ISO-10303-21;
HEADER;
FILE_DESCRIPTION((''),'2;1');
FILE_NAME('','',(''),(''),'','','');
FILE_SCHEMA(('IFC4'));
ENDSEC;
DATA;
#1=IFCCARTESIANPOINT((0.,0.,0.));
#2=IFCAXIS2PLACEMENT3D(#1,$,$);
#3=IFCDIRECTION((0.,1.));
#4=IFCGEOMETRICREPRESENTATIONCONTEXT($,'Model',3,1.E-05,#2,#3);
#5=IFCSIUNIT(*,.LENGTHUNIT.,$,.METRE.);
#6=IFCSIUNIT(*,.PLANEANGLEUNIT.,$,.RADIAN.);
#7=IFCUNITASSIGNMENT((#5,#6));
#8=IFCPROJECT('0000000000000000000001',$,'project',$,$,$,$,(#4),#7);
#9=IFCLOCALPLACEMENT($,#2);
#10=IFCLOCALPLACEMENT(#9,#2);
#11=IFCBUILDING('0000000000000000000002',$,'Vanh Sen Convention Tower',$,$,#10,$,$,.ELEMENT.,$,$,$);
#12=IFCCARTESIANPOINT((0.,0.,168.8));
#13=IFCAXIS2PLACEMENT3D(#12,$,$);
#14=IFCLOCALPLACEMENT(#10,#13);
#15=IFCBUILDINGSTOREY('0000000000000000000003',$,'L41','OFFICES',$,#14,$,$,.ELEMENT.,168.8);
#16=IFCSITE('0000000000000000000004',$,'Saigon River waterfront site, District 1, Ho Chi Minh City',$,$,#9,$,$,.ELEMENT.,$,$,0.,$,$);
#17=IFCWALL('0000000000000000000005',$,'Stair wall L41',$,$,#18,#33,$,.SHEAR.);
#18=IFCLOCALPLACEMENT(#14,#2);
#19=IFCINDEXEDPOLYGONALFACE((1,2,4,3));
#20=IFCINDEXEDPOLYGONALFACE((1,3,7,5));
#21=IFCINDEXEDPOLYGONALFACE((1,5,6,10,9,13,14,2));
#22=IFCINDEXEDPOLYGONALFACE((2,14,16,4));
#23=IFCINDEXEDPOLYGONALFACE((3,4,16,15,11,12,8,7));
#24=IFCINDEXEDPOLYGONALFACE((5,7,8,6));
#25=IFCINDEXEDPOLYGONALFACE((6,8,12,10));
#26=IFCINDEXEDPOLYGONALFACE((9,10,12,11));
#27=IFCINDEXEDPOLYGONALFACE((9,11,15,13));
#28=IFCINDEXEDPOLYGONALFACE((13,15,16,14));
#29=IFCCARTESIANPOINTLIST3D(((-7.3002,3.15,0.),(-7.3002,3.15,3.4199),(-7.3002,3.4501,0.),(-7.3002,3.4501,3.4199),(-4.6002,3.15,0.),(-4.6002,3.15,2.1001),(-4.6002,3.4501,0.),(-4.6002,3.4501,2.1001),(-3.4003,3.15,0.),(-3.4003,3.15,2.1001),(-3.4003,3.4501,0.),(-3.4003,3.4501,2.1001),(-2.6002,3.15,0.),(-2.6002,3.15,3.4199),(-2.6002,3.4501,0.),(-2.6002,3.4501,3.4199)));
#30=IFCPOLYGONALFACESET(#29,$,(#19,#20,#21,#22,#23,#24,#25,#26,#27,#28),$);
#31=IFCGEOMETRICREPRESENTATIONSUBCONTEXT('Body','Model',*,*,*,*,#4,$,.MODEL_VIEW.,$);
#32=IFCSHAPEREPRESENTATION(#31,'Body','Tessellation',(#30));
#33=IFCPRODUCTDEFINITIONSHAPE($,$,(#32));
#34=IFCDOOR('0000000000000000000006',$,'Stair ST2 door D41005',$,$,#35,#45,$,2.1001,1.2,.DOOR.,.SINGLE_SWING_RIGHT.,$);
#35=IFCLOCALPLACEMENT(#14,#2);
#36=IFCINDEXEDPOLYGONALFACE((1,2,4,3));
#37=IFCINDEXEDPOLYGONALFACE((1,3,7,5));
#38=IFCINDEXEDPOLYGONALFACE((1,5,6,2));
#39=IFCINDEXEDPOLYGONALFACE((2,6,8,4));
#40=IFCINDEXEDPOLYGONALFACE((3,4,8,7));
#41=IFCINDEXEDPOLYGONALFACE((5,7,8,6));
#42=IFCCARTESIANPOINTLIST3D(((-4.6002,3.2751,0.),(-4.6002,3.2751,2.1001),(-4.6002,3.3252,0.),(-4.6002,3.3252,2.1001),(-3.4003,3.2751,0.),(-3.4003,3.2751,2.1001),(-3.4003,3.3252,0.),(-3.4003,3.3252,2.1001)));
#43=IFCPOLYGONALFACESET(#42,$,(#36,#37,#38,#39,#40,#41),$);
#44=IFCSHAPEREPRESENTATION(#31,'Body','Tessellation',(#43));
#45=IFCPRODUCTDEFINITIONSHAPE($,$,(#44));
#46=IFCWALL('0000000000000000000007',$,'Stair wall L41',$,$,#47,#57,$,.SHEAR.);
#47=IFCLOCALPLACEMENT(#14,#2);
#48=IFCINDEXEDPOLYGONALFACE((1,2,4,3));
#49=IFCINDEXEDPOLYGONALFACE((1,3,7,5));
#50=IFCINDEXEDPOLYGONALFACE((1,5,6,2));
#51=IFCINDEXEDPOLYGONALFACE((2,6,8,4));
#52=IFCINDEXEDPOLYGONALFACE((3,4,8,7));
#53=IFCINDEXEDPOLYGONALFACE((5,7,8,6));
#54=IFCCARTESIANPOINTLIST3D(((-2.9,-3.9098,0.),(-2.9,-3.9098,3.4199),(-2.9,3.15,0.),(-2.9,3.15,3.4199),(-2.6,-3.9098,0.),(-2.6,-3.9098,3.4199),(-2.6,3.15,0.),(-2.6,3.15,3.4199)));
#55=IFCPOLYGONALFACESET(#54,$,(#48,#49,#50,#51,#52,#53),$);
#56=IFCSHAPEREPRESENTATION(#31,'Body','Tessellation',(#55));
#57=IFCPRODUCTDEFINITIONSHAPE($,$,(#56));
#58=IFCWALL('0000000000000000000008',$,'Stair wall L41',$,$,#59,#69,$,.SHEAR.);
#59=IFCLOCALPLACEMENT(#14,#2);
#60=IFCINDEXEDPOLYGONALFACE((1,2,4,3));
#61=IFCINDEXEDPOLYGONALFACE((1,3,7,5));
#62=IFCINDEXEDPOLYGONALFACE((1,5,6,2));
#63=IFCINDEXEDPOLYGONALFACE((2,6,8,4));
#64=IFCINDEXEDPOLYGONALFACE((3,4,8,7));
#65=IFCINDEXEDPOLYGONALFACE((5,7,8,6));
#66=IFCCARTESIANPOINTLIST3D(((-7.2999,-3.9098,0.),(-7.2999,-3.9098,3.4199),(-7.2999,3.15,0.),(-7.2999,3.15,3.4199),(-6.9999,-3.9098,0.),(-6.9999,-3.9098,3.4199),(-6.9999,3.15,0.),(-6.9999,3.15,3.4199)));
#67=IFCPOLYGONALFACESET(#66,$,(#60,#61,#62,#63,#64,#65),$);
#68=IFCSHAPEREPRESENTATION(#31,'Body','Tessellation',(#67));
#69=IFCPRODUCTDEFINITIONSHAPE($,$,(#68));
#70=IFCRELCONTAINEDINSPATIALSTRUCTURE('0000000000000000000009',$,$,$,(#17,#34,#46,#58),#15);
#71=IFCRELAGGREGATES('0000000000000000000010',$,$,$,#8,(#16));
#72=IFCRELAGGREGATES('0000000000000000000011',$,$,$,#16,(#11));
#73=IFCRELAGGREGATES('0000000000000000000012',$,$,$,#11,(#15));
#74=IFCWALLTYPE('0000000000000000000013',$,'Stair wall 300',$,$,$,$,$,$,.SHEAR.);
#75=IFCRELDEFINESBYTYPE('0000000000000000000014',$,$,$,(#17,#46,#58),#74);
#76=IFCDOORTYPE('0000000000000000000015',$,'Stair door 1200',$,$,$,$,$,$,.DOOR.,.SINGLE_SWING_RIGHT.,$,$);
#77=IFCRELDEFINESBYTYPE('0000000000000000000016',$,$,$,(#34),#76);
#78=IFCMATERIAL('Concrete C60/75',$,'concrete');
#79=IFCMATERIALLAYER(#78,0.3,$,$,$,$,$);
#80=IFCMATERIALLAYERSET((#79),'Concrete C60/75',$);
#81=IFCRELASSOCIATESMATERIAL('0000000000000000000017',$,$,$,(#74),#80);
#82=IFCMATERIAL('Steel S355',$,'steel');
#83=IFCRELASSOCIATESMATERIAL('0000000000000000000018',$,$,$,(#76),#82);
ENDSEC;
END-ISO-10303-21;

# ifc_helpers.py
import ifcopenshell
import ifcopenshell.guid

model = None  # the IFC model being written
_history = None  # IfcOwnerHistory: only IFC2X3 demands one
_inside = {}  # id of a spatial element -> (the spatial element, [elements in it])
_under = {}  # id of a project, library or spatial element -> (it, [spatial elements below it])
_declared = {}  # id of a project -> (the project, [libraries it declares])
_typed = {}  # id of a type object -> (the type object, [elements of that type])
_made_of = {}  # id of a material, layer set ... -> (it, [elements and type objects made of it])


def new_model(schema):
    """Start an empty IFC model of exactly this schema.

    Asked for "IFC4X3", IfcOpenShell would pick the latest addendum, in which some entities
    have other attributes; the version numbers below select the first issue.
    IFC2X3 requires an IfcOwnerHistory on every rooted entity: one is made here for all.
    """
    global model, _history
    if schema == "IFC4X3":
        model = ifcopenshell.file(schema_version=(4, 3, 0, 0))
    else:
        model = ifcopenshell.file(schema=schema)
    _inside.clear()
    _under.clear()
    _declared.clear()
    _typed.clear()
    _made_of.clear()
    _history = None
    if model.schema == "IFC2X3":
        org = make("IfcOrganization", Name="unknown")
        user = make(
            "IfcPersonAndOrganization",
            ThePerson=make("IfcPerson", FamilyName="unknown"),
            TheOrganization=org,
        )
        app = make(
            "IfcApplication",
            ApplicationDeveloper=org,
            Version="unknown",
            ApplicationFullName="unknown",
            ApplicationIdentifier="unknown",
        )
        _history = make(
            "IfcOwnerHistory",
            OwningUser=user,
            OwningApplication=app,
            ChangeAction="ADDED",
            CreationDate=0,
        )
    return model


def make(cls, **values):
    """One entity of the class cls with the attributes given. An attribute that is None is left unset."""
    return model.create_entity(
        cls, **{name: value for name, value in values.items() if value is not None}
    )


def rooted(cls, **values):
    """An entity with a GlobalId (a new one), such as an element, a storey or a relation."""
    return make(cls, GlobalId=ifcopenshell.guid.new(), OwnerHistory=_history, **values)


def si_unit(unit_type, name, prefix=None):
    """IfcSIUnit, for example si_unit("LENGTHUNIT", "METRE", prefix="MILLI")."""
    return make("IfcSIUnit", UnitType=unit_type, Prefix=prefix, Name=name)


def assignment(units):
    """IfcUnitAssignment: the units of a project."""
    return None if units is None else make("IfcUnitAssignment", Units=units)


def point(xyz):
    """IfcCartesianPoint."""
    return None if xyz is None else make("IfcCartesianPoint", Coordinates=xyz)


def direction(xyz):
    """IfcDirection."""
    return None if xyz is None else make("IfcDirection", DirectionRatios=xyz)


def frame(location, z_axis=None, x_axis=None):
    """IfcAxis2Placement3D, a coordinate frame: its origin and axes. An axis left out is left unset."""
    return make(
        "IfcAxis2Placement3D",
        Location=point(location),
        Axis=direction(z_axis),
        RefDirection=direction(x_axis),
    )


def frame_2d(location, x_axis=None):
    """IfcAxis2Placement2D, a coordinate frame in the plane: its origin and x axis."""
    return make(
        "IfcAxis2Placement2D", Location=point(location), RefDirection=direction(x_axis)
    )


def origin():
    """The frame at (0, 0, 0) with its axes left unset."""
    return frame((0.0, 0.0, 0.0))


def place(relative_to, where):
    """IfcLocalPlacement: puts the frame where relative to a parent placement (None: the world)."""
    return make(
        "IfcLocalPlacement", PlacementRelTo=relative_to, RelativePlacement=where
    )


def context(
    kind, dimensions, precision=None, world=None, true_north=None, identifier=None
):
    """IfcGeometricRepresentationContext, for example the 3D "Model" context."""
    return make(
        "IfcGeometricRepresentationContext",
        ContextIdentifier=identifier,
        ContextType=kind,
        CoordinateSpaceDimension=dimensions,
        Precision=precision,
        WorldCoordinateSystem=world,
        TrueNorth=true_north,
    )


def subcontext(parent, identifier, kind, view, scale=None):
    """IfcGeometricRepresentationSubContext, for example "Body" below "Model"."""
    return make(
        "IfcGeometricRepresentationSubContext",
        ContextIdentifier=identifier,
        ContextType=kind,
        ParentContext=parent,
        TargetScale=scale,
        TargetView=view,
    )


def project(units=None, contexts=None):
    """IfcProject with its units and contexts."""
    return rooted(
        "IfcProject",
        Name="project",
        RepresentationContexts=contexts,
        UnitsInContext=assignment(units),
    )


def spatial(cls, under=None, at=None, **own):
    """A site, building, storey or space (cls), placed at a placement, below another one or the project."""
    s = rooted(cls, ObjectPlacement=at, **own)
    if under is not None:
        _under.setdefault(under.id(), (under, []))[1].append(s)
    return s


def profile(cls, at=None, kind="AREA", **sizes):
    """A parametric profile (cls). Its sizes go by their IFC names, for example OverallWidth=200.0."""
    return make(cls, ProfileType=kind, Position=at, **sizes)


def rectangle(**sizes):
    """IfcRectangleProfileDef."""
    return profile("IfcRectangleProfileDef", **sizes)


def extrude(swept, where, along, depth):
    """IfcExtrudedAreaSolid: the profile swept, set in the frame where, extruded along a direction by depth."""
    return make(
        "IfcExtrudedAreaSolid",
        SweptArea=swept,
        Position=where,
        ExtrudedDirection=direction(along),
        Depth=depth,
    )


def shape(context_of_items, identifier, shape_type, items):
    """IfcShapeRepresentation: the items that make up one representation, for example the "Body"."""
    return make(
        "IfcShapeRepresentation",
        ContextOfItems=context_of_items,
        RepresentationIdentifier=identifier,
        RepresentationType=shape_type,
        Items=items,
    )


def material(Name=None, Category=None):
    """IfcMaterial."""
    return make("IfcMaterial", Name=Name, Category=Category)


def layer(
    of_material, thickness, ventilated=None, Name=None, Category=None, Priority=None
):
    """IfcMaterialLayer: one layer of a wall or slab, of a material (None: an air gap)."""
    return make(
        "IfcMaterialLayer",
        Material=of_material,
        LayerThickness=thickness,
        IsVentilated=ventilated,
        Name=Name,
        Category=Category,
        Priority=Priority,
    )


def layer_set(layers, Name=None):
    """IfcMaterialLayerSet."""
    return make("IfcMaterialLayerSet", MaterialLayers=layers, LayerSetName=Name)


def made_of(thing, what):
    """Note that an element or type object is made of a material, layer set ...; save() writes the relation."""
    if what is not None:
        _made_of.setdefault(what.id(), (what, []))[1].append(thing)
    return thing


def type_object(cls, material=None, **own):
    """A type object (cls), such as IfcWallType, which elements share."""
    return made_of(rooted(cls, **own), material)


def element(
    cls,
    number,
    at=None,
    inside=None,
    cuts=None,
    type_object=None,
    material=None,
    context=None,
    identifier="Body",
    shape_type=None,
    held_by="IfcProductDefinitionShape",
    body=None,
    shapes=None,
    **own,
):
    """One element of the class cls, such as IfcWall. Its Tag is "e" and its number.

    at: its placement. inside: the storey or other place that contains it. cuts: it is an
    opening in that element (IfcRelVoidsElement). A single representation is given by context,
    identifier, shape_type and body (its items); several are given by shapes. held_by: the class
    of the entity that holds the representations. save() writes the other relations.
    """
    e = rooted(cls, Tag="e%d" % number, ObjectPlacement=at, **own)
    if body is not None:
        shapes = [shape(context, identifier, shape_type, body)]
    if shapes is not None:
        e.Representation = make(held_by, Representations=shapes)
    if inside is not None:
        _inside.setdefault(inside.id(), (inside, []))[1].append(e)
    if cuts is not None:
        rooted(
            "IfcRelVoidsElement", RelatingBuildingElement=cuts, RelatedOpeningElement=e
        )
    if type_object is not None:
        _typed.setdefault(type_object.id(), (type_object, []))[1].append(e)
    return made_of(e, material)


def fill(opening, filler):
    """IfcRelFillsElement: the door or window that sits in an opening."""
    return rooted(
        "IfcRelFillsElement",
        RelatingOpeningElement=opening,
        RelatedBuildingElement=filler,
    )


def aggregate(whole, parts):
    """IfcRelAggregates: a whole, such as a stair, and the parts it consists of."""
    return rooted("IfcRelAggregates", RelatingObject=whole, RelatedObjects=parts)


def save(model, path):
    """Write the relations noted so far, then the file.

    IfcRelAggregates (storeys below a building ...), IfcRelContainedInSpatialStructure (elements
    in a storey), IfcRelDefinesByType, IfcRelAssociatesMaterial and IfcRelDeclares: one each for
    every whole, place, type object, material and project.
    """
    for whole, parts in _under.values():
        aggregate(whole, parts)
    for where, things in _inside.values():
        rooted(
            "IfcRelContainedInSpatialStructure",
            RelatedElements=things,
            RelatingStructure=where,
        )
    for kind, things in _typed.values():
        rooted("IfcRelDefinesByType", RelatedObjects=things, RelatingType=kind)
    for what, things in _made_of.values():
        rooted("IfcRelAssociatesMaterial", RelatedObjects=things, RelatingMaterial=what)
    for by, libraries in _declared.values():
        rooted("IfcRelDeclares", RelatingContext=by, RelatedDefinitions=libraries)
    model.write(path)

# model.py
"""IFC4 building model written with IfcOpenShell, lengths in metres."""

from ifc_helpers import new_model, si_unit, direction, frame, frame_2d, origin, place, context, subcontext, project, spatial, rectangle, extrude, material, layer, layer_set, type_object, element, fill, save


model = new_model("IFC4")

# Units and contexts
model_context = context("Model", 3, precision=1e-05, world=origin(), true_north=direction((0.0, 1.0)))
body_context = subcontext(model_context, "Body", "Model", "MODEL_VIEW")
ifc_project = project(units=[si_unit("LENGTHUNIT", "METRE"), si_unit("PLANEANGLEUNIT", "RADIAN")], contexts=[model_context])

# Site, building, storey
site_placement = place(None, origin())
site = spatial("IfcSite", under=ifc_project, at=site_placement, Name="Saigon River waterfront site, District 1, Ho Chi Minh City", CompositionType="ELEMENT", RefElevation=0.0)
building_placement = place(site_placement, origin())
building = spatial("IfcBuilding", under=site, at=building_placement, Name="Vanh Sen Convention Tower", CompositionType="ELEMENT")
storey_placement = place(building_placement, frame((0.0, 0.0, 168.8)))
storey = spatial("IfcBuildingStorey", under=building, at=storey_placement, Name="L41", Description="OFFICES", CompositionType="ELEMENT", Elevation=168.8)

# Shared definitions
ifc_material_1 = material(Name="Steel S355", Category="steel")

# Shared definitions
ifc_material_2 = material(Name="Concrete C60/75", Category="concrete")

# Shared definitions
ifc_layer_1 = layer(ifc_material_2, 0.3)
ifc_layer_set_1 = layer_set([ifc_layer_1], Name="Concrete C60/75")
wall_type_1 = type_object("IfcWallType", Name="Stair wall 300", PredefinedType="SHEAR", material=ifc_layer_set_1)

# Wall, opening, door
wall_1_placement = place(storey_placement, frame((-2.6001, 3.3, 0.0), z_axis=(0.0, 0.0, 1.0), x_axis=(-1.0, 0.0, 0.0)))
wall_1 = element("IfcWall", 1, at=wall_1_placement, inside=storey, type_object=wall_type_1, Name="Stair wall L41", PredefinedType="SHEAR", context=body_context, shape_type="SweptSolid", body=[
    extrude(rectangle(XDim=4.7, YDim=0.3, at=frame_2d((2.3501, 0.0))), origin(), (0.0, 0.0, 1.0), 3.4199),
])
opening_1_placement = place(wall_1_placement, frame((0.8, 0.0, 0.0)))
opening_1 = element("IfcOpeningElement", 2, at=opening_1_placement, cuts=wall_1, PredefinedType="OPENING", context=body_context, shape_type="SweptSolid", body=[
    extrude(rectangle(XDim=1.2, YDim=2.1001, at=frame_2d((0.6001, 1.05))), frame((0.0, 0.1599, 0.0), z_axis=(0.0, -1.0, 0.0), x_axis=(1.0, 0.0, 0.0)), (0.0, 0.0, 1.0), 0.3201),
])
door_type_1 = type_object("IfcDoorType", Name="Stair door 1200", OperationType="SINGLE_SWING_RIGHT", PredefinedType="DOOR", material=ifc_material_1)
door_1_placement = place(opening_1_placement, origin())
door_1 = element("IfcDoor", 3, at=door_1_placement, inside=storey, type_object=door_type_1, Name="Stair ST2 door D41005", OperationType="SINGLE_SWING_RIGHT", OverallHeight=2.1001, OverallWidth=1.2, PredefinedType="DOOR", context=body_context, shape_type="SweptSolid", body=[
    extrude(rectangle(XDim=1.2, YDim=2.1001, at=frame_2d((0.6001, 1.05))), frame((0.0, 0.0249, 0.0), z_axis=(0.0, -1.0, 0.0), x_axis=(1.0, 0.0, 0.0)), (0.0, 0.0, 1.0), 0.05),
])
fill(opening_1, door_1)

# Walls
for number, where, z_axis, x_axis, name in (
    (4, (-2.75, 3.1499, 0.0), (0.0, 0.0, 1.0), (0.0, -1.0, 0.0), "Stair wall L41"),
    (5, (-7.1499, 3.1499, 0.0), (0.0, 0.0, 1.0), (0.0, -1.0, 0.0), "Stair wall L41"),
):
    element("IfcWall", number, at=place(storey_placement, frame(where, z_axis=z_axis, x_axis=x_axis)), inside=storey, type_object=wall_type_1, Name=name, PredefinedType="SHEAR", context=body_context, shape_type="SweptSolid", body=[
        extrude(rectangle(XDim=7.0598, YDim=0.3, at=frame_2d((3.5298, 0.0))), origin(), (0.0, 0.0, 1.0), 3.4199),
    ])

save(model, "model.ifc")
